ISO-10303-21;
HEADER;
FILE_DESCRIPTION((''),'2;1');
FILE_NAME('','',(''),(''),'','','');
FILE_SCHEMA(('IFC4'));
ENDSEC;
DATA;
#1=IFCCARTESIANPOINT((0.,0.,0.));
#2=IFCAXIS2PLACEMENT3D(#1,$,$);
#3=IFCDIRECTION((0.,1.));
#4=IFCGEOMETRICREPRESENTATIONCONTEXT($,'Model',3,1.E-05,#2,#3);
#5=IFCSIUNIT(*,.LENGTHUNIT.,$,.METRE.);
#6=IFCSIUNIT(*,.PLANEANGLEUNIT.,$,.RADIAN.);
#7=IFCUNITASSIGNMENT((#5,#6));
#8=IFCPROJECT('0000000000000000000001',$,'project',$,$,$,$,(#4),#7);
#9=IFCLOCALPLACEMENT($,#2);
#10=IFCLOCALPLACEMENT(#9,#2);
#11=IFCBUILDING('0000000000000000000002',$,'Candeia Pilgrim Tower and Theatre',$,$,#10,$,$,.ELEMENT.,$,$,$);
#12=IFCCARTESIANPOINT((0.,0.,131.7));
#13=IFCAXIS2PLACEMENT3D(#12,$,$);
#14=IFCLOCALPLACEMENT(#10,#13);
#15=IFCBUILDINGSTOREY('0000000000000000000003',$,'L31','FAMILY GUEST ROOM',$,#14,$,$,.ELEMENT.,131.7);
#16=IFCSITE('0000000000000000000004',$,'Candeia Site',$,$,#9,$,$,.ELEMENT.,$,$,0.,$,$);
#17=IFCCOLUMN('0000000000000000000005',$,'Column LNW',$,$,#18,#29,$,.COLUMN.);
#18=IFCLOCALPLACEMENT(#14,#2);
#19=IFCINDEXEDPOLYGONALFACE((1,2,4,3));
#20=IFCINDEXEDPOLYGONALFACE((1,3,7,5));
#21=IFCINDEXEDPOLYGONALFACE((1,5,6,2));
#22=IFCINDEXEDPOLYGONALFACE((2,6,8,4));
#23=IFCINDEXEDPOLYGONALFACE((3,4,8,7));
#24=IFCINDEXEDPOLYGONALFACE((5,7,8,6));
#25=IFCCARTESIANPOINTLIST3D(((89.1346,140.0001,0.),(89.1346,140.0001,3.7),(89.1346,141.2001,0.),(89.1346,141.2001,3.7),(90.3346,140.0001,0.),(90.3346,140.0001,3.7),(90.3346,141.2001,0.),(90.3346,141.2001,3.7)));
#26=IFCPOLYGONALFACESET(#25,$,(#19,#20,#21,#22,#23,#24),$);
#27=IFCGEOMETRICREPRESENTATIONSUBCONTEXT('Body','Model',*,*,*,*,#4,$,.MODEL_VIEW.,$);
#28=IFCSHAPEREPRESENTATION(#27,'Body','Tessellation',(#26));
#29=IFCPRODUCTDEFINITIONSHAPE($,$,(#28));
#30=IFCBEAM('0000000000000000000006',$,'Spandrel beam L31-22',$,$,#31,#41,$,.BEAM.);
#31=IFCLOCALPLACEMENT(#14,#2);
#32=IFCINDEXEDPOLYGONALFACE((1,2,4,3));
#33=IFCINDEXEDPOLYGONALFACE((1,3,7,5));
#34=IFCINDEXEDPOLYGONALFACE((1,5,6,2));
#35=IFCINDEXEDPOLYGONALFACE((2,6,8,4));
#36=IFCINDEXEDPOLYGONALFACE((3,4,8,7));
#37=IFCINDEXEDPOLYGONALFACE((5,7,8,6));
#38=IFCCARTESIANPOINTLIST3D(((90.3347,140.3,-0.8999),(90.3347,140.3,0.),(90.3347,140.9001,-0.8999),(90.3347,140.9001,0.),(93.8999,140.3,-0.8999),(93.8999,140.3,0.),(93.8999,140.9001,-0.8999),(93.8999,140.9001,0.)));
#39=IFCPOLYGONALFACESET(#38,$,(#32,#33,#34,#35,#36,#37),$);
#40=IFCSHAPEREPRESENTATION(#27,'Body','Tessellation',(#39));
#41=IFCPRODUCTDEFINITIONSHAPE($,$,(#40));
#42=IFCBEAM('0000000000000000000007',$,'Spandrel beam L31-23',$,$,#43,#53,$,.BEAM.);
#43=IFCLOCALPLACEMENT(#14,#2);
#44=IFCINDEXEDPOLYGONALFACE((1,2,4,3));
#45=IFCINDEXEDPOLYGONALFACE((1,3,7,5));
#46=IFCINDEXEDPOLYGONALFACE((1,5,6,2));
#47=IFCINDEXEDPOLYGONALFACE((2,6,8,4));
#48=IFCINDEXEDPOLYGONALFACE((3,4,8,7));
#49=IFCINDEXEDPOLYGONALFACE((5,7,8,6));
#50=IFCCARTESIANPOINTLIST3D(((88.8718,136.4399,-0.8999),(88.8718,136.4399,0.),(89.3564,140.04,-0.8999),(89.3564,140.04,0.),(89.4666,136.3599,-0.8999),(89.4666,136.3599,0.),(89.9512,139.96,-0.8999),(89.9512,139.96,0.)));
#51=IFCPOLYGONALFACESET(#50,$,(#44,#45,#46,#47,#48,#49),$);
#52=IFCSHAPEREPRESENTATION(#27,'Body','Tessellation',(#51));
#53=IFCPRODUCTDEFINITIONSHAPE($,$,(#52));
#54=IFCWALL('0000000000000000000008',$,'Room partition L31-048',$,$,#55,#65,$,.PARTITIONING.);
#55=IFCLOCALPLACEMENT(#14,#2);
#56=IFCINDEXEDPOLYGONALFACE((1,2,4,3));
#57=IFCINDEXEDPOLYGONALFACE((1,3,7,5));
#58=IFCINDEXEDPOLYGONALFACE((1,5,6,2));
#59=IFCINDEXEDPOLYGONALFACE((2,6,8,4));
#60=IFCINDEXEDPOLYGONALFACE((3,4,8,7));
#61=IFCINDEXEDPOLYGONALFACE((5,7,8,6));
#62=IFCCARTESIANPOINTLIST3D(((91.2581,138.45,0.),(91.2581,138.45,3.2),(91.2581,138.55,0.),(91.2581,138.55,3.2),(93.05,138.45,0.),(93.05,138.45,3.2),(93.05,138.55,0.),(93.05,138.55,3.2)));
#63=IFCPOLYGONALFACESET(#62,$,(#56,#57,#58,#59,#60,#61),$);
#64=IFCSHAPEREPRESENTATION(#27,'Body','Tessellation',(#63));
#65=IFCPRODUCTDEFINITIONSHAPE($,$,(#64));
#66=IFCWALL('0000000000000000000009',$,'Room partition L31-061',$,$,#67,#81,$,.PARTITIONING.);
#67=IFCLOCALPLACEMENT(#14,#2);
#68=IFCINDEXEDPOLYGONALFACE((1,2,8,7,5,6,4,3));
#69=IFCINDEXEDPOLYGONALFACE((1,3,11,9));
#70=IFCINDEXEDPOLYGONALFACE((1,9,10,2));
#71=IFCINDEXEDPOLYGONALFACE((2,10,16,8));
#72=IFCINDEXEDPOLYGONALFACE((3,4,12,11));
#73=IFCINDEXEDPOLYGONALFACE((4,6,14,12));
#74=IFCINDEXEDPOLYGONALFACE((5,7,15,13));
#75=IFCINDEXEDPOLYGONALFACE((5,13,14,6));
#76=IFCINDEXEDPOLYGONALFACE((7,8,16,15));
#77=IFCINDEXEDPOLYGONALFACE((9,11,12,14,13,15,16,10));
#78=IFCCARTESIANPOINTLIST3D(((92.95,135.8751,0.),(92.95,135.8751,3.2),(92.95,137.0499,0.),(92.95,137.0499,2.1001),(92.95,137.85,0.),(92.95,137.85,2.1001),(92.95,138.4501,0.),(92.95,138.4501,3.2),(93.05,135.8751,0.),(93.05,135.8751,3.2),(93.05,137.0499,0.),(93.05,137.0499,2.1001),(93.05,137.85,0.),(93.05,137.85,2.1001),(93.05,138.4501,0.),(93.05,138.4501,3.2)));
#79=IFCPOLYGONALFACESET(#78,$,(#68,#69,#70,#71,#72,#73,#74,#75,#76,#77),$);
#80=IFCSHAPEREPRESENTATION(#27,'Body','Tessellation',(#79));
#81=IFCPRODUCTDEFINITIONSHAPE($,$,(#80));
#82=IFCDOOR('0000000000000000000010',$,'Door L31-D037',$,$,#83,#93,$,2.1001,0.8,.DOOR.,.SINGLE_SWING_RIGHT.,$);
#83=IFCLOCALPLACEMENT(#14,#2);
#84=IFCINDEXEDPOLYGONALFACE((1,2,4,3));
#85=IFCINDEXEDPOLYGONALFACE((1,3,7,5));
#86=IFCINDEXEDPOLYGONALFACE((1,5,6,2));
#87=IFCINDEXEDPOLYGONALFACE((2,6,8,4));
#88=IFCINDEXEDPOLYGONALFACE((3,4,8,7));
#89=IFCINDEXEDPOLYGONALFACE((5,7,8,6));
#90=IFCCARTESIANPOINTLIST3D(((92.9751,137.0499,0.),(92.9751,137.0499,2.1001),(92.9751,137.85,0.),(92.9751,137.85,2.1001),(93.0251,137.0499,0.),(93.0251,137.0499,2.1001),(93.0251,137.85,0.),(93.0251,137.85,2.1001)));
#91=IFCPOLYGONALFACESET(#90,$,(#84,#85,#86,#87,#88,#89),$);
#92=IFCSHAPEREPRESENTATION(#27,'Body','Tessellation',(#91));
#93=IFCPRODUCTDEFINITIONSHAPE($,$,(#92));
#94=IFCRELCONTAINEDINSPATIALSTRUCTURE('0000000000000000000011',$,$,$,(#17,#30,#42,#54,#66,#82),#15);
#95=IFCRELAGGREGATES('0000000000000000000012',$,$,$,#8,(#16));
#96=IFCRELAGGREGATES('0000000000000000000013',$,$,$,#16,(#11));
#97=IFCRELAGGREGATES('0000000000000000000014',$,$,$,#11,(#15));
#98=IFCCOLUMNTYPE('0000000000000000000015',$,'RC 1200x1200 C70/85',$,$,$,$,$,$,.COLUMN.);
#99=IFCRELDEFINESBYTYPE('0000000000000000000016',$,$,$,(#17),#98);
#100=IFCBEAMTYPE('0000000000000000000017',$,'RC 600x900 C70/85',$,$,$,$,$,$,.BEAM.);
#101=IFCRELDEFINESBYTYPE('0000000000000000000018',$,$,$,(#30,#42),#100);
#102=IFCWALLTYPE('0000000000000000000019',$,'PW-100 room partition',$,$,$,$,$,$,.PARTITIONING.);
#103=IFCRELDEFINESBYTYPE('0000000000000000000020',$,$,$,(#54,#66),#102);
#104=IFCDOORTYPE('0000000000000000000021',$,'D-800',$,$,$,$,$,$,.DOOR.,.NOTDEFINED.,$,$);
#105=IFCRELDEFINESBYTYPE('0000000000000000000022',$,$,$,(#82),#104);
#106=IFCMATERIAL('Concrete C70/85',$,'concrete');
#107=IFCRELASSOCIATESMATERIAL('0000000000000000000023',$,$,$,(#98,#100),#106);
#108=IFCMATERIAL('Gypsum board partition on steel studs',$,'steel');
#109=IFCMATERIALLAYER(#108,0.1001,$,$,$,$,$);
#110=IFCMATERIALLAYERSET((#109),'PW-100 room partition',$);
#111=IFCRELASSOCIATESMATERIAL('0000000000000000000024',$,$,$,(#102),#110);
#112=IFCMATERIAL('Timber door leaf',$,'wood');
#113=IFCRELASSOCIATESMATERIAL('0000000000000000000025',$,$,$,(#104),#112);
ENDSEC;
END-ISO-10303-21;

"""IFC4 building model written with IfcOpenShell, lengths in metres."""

from ifc_helpers import new_model, si_unit, direction, frame, frame_2d, origin, origin_2d, place, context, subcontext, project, spatial, rectangle, extrude, material, layer, layer_set, material_profile, profile_set, type_object, element, fill, save


model = new_model("IFC4")

# Units and contexts
model_context = context("Model", 3, precision=1e-05, world=origin(), true_north=direction((0.0, 1.0)))
body_context = subcontext(model_context, "Body", "Model", "MODEL_VIEW")
ifc_project = project(units=[si_unit("LENGTHUNIT", "METRE"), si_unit("PLANEANGLEUNIT", "RADIAN")], contexts=[model_context])

# Site, building, storey
site_placement = place(None, origin())
site = spatial("IfcSite", under=ifc_project, at=site_placement, Name="Candeia Site", CompositionType="ELEMENT", RefElevation=0.0)
building_placement = place(site_placement, origin())
building = spatial("IfcBuilding", under=site, at=building_placement, Name="Candeia Pilgrim Tower and Theatre", CompositionType="ELEMENT")
storey_placement = place(building_placement, frame((0.0, 0.0, 131.7)))
storey = spatial("IfcBuildingStorey", under=building, at=storey_placement, Name="L31", Description="FAMILY GUEST ROOM", CompositionType="ELEMENT", Elevation=131.7)

# Column
ifc_material_1 = material(Name="Concrete C70/85", Category="concrete")
ifc_material_profile_1 = material_profile(ifc_material_1, rectangle(XDim=1.2, YDim=1.2, at=origin_2d()))
ifc_profile_set_1 = profile_set([ifc_material_profile_1], Name="Concrete C70/85")
column_type = type_object("IfcColumnType", Name="RC 1200x1200 C70/85", PredefinedType="COLUMN", material=ifc_profile_set_1)
column_placement = place(storey_placement, frame((89.7346, 140.6001, 0.0), z_axis=(0.0, 0.0, 1.0), x_axis=(1.0, 0.0, 0.0)))
element("IfcColumn", 1, at=column_placement, inside=storey, type_object=column_type, Name="Column LNW", PredefinedType="COLUMN", context=body_context, shape_type="SweptSolid", body=[
    extrude(rectangle(XDim=1.2, YDim=1.2, at=origin_2d()), origin(), (0.0, 0.0, 1.0), 3.7),
])

# Beams
ifc_material_profile_2 = material_profile(ifc_material_1, rectangle(XDim=0.6001, YDim=0.8999, at=origin_2d()))
ifc_profile_set_2 = profile_set([ifc_material_profile_2], Name="Concrete C70/85")
beam_type = type_object("IfcBeamType", Name="RC 600x900 C70/85", PredefinedType="BEAM", material=ifc_profile_set_2)
beam_1_placement = place(storey_placement, frame((93.8999, 140.6001, -0.45), z_axis=(-1.0, 0.0, 0.0), x_axis=(0.0, -1.0, 0.0)))
element("IfcBeam", 2, at=beam_1_placement, inside=storey, type_object=beam_type, Name="Spandrel beam L31-22", PredefinedType="BEAM", context=body_context, shape_type="SweptSolid", body=[
    extrude(rectangle(XDim=0.6001, YDim=0.8999, at=origin_2d()), origin(), (0.0, 0.0, 1.0), 3.5652),
])
beam_2_placement = place(storey_placement, frame((89.6538, 140.0, -0.45), z_axis=(-0.133409, -0.991061, 0.0), x_axis=(0.991061, -0.133409, 0.0)))
element("IfcBeam", 3, at=beam_2_placement, inside=storey, type_object=beam_type, Name="Spandrel beam L31-23", PredefinedType="BEAM", context=body_context, shape_type="SweptSolid", body=[
    extrude(rectangle(XDim=0.6001, YDim=0.8999, at=origin_2d()), origin(), (0.0, 0.0, 1.0), 3.6326),
])

# Wall
ifc_material_2 = material(Name="Gypsum board partition on steel studs", Category="steel")
ifc_layer_1 = layer(ifc_material_2, 0.1001)
ifc_layer_set_1 = layer_set([ifc_layer_1], Name="PW-100 room partition")
wall_type_1 = type_object("IfcWallType", Name="PW-100 room partition", PredefinedType="PARTITIONING", material=ifc_layer_set_1)
wall_1_placement = place(storey_placement, frame((91.2581, 138.5, 0.0), z_axis=(0.0, 0.0, 1.0), x_axis=(1.0, 0.0, 0.0)))
element("IfcWall", 4, at=wall_1_placement, inside=storey, type_object=wall_type_1, Name="Room partition L31-048", PredefinedType="PARTITIONING", context=body_context, shape_type="SweptSolid", body=[
    extrude(rectangle(XDim=1.792, YDim=0.1001, at=frame_2d((0.896, 0.0))), origin(), (0.0, 0.0, 1.0), 3.2),
])

# Wall, opening, door
wall_2_placement = place(storey_placement, frame((93.0, 135.875, 0.0), z_axis=(0.0, 0.0, 1.0), x_axis=(0.0, 1.0, 0.0)))
wall_2 = element("IfcWall", 5, at=wall_2_placement, inside=storey, type_object=wall_type_1, Name="Room partition L31-061", PredefinedType="PARTITIONING", context=body_context, shape_type="SweptSolid", body=[
    extrude(rectangle(XDim=2.575, YDim=0.1001, at=frame_2d((1.2876, 0.0))), origin(), (0.0, 0.0, 1.0), 3.2),
])
opening_1_placement = place(wall_2_placement, frame((1.175, 0.0, 0.0)))
opening_1 = element("IfcOpeningElement", 6, at=opening_1_placement, cuts=wall_2, PredefinedType="OPENING", context=body_context, shape_type="SweptSolid", body=[
    extrude(rectangle(XDim=0.8, YDim=2.1001, at=frame_2d((0.3999, 1.05))), frame((0.0, 0.0601, 0.0), z_axis=(0.0, -1.0, 0.0), x_axis=(1.0, 0.0, 0.0)), (0.0, 0.0, 1.0), 0.1201),
])
ifc_material_3 = material(Name="Timber door leaf", Category="wood")
door_type_1 = type_object("IfcDoorType", Name="D-800", OperationType="NOTDEFINED", PredefinedType="DOOR", material=ifc_material_3)
door_1_placement = place(opening_1_placement, origin())
door_1 = element("IfcDoor", 7, at=door_1_placement, inside=storey, type_object=door_type_1, Name="Door L31-D037", OperationType="SINGLE_SWING_RIGHT", OverallHeight=2.1001, OverallWidth=0.8, PredefinedType="DOOR", context=body_context, shape_type="SweptSolid", body=[
    extrude(rectangle(XDim=0.8, YDim=2.1001, at=frame_2d((0.3999, 1.05))), frame((0.0, 0.0249, 0.0), z_axis=(0.0, -1.0, 0.0), x_axis=(1.0, 0.0, 0.0)), (0.0, 0.0, 1.0), 0.05),
])
fill(opening_1, door_1)

save(model, "model.ifc")
